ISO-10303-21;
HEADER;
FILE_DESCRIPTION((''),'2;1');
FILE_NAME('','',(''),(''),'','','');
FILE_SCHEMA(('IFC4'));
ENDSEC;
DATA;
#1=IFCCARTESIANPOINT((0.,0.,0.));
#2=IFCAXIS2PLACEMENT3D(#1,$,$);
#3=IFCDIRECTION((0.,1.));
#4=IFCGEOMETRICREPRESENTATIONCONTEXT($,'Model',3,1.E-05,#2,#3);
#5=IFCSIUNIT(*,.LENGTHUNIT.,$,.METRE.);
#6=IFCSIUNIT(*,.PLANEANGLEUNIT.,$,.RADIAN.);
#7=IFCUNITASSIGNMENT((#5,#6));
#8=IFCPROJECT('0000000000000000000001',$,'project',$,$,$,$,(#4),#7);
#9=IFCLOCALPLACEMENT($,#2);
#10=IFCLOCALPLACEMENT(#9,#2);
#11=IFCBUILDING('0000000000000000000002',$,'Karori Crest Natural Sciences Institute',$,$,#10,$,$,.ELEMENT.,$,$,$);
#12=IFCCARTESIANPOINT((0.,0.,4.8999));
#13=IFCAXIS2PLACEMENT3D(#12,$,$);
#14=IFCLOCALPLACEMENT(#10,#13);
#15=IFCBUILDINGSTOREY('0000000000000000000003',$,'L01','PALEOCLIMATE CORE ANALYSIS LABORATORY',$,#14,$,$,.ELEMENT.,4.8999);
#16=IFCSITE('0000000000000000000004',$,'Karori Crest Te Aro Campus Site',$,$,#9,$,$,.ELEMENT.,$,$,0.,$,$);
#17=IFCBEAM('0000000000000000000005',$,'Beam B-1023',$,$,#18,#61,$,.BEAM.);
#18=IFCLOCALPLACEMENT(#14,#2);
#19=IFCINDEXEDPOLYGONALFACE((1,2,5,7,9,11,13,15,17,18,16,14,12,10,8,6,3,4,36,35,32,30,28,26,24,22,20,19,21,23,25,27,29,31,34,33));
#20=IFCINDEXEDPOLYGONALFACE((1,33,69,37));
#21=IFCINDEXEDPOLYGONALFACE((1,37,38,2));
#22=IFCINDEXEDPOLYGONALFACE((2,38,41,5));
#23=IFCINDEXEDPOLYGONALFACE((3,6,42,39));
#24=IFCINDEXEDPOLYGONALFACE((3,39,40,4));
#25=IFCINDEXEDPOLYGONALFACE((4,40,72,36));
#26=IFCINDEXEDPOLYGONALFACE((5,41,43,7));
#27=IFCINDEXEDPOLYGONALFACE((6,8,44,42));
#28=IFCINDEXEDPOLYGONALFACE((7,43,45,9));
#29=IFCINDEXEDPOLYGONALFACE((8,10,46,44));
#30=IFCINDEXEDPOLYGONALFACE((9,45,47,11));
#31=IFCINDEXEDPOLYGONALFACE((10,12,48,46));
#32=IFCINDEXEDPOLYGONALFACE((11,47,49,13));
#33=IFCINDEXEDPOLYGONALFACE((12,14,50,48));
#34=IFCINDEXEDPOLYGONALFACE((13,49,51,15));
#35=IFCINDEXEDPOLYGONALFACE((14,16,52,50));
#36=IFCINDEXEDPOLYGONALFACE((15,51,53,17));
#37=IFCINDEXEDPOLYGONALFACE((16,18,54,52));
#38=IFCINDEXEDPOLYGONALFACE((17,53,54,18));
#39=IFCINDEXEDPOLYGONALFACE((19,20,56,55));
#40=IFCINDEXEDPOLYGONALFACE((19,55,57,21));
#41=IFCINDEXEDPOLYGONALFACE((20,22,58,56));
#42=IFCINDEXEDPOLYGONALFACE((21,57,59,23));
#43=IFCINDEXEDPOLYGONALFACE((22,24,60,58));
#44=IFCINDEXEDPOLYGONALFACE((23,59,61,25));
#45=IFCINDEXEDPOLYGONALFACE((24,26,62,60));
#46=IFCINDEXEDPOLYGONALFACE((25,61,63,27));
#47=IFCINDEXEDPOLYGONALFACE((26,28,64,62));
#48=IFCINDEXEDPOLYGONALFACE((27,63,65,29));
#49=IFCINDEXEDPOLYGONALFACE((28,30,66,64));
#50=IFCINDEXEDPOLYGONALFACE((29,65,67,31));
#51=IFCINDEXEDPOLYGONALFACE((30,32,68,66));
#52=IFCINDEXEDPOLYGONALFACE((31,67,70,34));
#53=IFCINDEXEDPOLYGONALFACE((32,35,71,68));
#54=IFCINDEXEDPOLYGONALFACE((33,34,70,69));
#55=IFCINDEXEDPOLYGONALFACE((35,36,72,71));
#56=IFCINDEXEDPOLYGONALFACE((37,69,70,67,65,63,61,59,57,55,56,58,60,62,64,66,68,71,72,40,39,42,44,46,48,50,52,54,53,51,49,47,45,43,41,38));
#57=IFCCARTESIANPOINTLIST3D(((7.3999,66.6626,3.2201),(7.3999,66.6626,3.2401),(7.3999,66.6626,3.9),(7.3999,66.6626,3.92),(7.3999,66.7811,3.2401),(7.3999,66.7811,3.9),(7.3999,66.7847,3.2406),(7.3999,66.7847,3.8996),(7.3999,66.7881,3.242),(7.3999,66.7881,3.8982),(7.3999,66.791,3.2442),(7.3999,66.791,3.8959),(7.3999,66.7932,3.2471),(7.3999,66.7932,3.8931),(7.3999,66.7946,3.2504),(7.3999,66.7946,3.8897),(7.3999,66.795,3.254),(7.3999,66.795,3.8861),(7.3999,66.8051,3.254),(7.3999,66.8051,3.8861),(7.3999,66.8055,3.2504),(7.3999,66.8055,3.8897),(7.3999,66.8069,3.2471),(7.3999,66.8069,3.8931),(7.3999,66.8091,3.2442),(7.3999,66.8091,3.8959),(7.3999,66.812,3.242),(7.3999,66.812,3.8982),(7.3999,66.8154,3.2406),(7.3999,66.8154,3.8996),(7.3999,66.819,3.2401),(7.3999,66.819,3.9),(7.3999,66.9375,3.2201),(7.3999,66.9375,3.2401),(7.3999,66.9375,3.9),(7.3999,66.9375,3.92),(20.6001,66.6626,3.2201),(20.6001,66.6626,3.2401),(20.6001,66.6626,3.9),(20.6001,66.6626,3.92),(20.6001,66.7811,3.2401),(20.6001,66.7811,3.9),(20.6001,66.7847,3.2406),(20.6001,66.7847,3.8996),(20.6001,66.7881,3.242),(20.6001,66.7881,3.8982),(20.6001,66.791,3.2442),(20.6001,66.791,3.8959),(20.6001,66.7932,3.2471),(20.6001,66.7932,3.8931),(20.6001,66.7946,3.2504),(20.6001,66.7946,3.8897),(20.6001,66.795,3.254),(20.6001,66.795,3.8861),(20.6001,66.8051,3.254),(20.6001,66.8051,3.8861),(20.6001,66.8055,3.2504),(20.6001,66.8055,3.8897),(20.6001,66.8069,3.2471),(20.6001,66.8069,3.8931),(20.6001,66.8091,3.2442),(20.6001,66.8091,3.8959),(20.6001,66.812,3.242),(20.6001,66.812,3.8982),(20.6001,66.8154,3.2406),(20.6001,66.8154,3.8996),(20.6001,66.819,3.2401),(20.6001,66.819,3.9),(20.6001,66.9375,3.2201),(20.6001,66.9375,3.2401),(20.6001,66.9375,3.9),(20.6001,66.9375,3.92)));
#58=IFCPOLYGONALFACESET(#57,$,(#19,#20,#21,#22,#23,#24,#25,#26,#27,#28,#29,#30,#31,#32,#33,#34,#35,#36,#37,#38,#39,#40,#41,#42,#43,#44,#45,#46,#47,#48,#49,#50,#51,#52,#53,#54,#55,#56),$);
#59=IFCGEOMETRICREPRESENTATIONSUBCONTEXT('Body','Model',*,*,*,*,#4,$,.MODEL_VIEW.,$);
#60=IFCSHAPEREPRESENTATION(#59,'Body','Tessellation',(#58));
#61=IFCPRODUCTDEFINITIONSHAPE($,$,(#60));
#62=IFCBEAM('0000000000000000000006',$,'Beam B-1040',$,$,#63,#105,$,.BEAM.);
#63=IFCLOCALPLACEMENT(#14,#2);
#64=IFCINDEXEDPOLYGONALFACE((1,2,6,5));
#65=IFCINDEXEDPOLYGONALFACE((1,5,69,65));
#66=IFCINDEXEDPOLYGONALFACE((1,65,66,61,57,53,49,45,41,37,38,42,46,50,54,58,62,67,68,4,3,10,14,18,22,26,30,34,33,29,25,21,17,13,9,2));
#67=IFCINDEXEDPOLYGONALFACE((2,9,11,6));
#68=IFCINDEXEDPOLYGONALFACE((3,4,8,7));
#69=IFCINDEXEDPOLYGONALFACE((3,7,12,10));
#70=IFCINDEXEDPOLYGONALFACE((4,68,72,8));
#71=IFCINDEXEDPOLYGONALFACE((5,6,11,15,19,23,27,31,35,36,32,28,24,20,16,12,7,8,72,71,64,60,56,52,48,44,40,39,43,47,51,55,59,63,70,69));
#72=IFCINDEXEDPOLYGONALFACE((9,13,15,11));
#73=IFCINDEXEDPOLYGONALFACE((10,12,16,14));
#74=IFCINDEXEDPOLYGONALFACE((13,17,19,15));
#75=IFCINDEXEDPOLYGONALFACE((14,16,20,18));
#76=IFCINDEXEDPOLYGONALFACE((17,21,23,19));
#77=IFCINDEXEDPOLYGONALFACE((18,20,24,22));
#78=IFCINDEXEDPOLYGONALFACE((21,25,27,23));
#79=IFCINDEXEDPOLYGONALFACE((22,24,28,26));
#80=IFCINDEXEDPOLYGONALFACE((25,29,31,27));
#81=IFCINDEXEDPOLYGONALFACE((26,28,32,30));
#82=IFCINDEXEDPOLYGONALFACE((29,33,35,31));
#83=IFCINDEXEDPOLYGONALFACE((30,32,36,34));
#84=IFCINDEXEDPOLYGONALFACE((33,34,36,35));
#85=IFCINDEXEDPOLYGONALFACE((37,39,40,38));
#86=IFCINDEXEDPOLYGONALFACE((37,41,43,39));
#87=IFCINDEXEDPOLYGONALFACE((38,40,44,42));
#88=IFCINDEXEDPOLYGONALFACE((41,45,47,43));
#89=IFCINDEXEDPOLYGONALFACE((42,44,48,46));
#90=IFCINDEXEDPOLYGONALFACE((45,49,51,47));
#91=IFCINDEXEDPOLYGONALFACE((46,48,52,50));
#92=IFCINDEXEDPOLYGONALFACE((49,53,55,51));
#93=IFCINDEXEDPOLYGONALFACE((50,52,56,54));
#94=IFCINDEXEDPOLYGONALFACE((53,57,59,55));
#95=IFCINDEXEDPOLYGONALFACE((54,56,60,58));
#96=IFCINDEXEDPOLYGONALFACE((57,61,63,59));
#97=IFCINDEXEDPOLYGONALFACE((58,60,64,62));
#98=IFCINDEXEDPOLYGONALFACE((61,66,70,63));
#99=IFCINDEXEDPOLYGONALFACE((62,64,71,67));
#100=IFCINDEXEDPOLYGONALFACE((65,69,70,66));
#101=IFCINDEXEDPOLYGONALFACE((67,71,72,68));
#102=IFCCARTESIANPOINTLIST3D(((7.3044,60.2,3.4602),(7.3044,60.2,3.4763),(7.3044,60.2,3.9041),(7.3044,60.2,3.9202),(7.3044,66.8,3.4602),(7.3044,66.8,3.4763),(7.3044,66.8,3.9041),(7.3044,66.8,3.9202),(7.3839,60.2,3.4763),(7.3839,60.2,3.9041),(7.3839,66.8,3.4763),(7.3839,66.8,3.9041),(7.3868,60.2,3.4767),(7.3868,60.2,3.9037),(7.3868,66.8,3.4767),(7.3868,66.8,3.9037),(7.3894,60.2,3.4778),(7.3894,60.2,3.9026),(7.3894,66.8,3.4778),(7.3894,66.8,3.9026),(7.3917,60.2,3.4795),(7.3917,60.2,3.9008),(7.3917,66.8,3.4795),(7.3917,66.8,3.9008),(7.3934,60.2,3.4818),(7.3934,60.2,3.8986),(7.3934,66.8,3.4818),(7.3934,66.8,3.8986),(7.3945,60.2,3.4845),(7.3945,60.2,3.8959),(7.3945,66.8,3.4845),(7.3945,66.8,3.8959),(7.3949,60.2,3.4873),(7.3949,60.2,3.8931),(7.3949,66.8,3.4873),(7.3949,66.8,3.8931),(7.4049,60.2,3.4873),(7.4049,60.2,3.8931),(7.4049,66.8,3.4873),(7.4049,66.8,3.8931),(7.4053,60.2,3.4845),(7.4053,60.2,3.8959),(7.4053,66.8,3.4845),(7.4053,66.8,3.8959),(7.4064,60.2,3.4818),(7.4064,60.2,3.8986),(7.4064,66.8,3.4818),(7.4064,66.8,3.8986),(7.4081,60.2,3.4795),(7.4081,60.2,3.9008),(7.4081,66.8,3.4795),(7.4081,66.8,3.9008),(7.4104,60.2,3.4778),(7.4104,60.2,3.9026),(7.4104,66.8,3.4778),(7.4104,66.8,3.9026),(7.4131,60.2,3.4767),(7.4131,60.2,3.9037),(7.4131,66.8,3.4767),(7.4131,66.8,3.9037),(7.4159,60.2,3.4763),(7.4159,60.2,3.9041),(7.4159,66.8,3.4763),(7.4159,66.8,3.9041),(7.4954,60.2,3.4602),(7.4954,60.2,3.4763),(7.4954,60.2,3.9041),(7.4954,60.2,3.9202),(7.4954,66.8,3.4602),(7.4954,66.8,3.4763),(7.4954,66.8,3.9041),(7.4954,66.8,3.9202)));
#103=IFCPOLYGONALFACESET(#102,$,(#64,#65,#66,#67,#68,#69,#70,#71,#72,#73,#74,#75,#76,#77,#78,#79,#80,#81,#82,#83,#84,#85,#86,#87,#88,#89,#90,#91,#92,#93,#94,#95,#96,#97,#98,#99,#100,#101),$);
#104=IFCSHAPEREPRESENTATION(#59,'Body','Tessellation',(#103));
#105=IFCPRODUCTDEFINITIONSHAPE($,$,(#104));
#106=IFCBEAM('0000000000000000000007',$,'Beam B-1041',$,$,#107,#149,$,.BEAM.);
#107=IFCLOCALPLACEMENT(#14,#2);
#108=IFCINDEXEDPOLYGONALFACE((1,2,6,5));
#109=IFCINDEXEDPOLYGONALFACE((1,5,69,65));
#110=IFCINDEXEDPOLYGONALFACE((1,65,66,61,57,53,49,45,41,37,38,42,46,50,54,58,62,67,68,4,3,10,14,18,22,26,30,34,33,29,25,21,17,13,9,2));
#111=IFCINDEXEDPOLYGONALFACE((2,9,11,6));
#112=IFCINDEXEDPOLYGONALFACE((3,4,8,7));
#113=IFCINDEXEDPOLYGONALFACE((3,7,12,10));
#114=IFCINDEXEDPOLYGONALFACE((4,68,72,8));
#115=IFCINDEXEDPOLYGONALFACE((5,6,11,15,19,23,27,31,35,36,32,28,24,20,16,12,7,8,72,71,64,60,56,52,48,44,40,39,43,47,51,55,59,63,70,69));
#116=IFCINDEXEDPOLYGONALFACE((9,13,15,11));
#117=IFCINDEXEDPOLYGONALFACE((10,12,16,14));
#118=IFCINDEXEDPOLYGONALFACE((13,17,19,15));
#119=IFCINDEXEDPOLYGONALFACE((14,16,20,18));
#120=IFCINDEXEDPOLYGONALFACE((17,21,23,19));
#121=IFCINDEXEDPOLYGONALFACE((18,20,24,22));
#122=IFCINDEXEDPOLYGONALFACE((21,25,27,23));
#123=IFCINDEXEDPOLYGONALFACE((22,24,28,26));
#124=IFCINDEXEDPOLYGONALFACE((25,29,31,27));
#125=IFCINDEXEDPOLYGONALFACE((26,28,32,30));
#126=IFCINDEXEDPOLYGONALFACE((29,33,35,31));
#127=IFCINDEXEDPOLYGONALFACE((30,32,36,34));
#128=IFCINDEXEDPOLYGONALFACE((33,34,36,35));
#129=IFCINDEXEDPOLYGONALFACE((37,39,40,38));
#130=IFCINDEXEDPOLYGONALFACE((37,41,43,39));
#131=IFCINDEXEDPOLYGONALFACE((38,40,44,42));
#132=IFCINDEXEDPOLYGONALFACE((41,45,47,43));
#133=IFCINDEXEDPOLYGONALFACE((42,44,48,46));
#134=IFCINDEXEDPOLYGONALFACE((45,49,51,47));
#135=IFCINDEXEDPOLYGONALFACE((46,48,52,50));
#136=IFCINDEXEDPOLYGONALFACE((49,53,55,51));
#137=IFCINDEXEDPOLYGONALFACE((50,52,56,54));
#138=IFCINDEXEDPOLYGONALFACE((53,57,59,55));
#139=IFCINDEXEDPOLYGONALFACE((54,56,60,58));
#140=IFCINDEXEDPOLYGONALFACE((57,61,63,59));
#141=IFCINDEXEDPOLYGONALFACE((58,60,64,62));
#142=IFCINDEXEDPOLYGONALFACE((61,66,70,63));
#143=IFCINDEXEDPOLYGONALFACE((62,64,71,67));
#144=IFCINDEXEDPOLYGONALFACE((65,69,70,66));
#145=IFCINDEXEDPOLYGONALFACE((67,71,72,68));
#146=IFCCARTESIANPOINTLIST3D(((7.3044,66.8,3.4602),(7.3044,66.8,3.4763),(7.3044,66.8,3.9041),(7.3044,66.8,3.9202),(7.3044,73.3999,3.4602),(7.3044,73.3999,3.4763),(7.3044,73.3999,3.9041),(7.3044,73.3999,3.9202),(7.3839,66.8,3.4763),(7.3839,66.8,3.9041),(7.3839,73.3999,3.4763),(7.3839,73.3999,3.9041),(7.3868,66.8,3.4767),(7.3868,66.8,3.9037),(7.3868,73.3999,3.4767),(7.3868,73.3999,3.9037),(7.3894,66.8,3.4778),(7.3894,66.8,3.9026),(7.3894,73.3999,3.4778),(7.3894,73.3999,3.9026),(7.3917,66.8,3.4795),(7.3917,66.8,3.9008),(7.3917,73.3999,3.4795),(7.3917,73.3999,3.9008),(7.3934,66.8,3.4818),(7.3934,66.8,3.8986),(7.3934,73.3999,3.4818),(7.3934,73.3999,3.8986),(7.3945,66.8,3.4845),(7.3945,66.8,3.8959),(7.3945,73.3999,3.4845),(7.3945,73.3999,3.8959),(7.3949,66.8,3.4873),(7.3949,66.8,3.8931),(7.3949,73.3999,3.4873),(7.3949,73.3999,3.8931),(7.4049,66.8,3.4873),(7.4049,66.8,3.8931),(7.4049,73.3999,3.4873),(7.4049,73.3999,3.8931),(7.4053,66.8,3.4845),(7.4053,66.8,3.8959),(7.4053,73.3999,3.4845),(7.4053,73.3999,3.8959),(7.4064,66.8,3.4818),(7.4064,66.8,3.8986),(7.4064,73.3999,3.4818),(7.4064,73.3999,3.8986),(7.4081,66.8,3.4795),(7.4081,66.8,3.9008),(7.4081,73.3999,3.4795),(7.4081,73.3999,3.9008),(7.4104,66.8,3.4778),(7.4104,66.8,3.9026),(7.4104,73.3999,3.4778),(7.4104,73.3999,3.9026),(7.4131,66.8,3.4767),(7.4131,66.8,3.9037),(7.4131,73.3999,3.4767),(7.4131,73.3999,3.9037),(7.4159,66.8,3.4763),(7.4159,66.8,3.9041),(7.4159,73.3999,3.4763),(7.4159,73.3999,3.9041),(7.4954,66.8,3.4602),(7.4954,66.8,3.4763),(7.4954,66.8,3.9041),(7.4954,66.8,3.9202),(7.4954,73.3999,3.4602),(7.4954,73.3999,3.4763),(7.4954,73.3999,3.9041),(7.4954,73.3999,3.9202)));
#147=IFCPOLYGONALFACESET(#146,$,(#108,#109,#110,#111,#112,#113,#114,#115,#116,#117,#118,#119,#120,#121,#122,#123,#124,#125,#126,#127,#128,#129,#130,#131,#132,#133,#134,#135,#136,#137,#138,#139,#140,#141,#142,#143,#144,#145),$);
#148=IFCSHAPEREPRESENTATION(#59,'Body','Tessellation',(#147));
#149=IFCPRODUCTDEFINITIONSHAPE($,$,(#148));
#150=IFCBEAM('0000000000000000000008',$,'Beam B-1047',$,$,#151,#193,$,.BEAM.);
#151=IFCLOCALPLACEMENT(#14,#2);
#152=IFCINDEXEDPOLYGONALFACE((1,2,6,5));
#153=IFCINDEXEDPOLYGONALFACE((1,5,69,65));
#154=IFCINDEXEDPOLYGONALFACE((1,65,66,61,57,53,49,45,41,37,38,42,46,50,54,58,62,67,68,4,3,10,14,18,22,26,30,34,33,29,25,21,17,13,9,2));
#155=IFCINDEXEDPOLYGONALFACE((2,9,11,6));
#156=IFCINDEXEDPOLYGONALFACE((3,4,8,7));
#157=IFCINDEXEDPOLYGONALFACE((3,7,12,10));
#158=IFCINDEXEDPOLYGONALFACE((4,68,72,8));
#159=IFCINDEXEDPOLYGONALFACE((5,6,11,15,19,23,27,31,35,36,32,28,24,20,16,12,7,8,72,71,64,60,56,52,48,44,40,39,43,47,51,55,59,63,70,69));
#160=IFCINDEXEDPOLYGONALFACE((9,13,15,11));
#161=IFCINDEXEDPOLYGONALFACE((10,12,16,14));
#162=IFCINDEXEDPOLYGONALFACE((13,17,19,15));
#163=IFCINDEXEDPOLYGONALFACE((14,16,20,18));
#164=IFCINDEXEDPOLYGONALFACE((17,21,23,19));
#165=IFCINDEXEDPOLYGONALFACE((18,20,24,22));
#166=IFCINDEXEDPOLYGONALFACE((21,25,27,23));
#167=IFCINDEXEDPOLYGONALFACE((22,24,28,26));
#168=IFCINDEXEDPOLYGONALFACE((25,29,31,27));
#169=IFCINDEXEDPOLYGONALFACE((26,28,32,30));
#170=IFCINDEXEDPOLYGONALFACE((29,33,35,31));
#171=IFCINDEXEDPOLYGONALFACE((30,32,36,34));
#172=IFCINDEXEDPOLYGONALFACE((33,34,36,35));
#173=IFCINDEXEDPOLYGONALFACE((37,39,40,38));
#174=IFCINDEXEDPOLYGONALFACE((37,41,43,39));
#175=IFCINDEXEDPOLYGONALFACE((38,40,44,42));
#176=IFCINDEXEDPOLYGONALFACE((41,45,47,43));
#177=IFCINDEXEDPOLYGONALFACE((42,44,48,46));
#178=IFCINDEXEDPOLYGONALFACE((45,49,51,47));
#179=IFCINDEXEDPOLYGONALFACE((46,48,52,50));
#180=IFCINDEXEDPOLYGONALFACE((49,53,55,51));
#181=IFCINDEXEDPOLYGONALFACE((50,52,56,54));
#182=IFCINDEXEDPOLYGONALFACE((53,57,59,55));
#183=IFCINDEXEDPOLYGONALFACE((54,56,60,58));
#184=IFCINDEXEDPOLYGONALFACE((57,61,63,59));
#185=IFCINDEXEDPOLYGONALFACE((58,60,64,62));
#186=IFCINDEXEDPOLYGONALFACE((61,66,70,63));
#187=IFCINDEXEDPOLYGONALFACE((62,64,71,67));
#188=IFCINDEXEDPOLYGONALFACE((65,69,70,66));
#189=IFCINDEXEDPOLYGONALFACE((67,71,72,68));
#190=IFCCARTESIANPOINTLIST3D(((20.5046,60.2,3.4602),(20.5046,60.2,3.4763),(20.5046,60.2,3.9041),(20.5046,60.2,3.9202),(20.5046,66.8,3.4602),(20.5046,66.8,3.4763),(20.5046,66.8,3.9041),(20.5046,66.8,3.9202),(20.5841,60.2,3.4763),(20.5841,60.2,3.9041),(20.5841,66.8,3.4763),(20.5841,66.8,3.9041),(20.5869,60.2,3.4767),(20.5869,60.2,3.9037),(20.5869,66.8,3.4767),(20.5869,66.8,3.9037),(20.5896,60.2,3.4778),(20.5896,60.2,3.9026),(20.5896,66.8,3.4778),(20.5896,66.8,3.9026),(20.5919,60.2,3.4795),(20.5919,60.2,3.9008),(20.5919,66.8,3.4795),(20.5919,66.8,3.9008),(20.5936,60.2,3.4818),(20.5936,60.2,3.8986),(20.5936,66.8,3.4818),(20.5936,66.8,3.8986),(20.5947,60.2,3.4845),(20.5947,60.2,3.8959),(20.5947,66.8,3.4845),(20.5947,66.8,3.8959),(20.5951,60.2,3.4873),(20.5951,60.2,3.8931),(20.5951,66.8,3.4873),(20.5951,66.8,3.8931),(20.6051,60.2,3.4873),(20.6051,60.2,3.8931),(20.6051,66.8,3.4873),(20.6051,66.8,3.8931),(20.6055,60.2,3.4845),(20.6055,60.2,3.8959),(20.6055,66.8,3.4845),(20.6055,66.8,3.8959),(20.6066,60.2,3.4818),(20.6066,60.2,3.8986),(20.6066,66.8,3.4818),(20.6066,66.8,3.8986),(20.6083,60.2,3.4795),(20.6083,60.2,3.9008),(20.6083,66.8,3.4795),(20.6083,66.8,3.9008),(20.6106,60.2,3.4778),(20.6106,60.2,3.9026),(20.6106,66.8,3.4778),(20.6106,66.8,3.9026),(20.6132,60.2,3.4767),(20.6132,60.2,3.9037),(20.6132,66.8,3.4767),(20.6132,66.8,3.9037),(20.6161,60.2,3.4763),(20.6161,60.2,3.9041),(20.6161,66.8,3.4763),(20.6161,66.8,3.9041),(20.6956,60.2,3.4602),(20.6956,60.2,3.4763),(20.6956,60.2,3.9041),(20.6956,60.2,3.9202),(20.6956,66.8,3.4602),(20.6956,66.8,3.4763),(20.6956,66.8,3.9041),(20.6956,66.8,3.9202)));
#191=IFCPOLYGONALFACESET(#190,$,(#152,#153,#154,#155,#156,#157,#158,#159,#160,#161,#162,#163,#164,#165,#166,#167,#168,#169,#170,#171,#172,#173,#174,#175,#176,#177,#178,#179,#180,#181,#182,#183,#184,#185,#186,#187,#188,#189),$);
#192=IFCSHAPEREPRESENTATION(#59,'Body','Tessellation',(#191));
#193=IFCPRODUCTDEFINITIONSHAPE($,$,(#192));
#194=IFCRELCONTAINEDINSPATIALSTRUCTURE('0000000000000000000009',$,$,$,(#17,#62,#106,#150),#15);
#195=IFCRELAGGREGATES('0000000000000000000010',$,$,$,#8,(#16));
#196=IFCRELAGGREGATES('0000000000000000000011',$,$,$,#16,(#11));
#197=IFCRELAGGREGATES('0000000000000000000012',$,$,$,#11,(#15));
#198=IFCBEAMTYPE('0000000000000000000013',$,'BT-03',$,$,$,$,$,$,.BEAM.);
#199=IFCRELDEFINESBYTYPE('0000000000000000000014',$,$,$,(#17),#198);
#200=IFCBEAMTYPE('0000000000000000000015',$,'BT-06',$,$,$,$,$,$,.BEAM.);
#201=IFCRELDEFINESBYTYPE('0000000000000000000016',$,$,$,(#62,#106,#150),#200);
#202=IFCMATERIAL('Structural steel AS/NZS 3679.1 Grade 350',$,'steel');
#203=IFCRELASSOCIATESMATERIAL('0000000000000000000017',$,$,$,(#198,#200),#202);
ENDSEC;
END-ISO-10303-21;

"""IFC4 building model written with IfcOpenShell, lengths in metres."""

from ifc_helpers import new_model, si_unit, direction, frame, origin, origin_2d, place, context, subcontext, project, spatial, i_section, extrude, material, material_profile, profile_set, type_object, element, save


model = new_model("IFC4")

# Units and contexts
model_context = context("Model", 3, precision=1e-05, world=origin(), true_north=direction((0.0, 1.0)))
body_context = subcontext(model_context, "Body", "Model", "MODEL_VIEW")
ifc_project = project(units=[si_unit("LENGTHUNIT", "METRE"), si_unit("PLANEANGLEUNIT", "RADIAN")], contexts=[model_context])

# Site, building, storey
site_placement = place(None, origin())
site = spatial("IfcSite", under=ifc_project, at=site_placement, Name="Karori Crest Te Aro Campus Site", CompositionType="ELEMENT", RefElevation=0.0)
building_placement = place(site_placement, origin())
building = spatial("IfcBuilding", under=site, at=building_placement, Name="Karori Crest Natural Sciences Institute", CompositionType="ELEMENT")
storey_placement = place(building_placement, frame((0.0, 0.0, 4.8999)))
storey = spatial("IfcBuildingStorey", under=building, at=storey_placement, Name="L01", Description="PALEOCLIMATE CORE ANALYSIS LABORATORY", CompositionType="ELEMENT", Elevation=4.8999)

# Shared definitions
ifc_material_1 = material(Name="Structural steel AS/NZS 3679.1 Grade 350", Category="steel")

# Beams
ifc_material_profile_1 = material_profile(ifc_material_1, i_section(OverallWidth=0.2749, OverallDepth=0.7, WebThickness=0.01, FlangeThickness=0.02, FilletRadius=0.0139, at=origin_2d()), Name="700WB150")
ifc_profile_set_1 = profile_set([ifc_material_profile_1], Name="Structural steel AS/NZS 3679.1 Grade 350")
beam_type_1 = type_object("IfcBeamType", Name="BT-03", PredefinedType="BEAM", material=ifc_profile_set_1)
for number, where, z_axis, x_axis, name in (
    (1, (7.3999, 66.8, 3.5701), (1.0, 0.0, 0.0), (0.0, 1.0, 0.0), "Beam B-1023"),
):
    element("IfcBeam", number, at=place(storey_placement, frame(where, z_axis=z_axis, x_axis=x_axis)), inside=storey, type_object=beam_type_1, Name=name, PredefinedType="BEAM", context=body_context, shape_type="SweptSolid", body=[
        extrude(i_section(OverallWidth=0.2749, OverallDepth=0.7, WebThickness=0.01, FlangeThickness=0.02, FilletRadius=0.0139, at=origin_2d()), origin(), (0.0, 0.0, 1.0), 13.2002),
    ])
ifc_material_profile_2 = material_profile(ifc_material_1, i_section(OverallWidth=0.1909, OverallDepth=0.46, WebThickness=0.01, FlangeThickness=0.0161, FilletRadius=0.011, at=origin_2d()), Name="460UB82.1")
ifc_profile_set_2 = profile_set([ifc_material_profile_2], Name="Structural steel AS/NZS 3679.1 Grade 350")
beam_type_2 = type_object("IfcBeamType", Name="BT-06", PredefinedType="BEAM", material=ifc_profile_set_2)
beam_1_placement = place(storey_placement, frame((7.3999, 60.2, 3.6902), z_axis=(0.0, 1.0, 0.0), x_axis=(-1.0, 0.0, 0.0)))
element("IfcBeam", 2, at=beam_1_placement, inside=storey, type_object=beam_type_2, Name="Beam B-1040", PredefinedType="BEAM", context=body_context, shape_type="SweptSolid", body=[
    extrude(i_section(OverallWidth=0.1909, OverallDepth=0.46, WebThickness=0.01, FlangeThickness=0.0161, FilletRadius=0.011, at=origin_2d()), origin(), (0.0, 0.0, 1.0), 6.6001),
])
beam_2_placement = place(storey_placement, frame((7.3999, 66.8, 3.6902), z_axis=(0.0, 1.0, 0.0), x_axis=(-1.0, 0.0, 0.0)))
element("IfcBeam", 3, at=beam_2_placement, inside=storey, type_object=beam_type_2, Name="Beam B-1041", PredefinedType="BEAM", context=body_context, shape_type="SweptSolid", body=[
    extrude(i_section(OverallWidth=0.1909, OverallDepth=0.46, WebThickness=0.01, FlangeThickness=0.0161, FilletRadius=0.011, at=origin_2d()), origin(), (0.0, 0.0, 1.0), 6.5999),
])
beam_3_placement = place(storey_placement, frame((20.6001, 60.2, 3.6902), z_axis=(0.0, 1.0, 0.0), x_axis=(-1.0, 0.0, 0.0)))
element("IfcBeam", 4, at=beam_3_placement, inside=storey, type_object=beam_type_2, Name="Beam B-1047", PredefinedType="BEAM", context=body_context, shape_type="SweptSolid", body=[
    extrude(i_section(OverallWidth=0.1909, OverallDepth=0.46, WebThickness=0.01, FlangeThickness=0.0161, FilletRadius=0.011, at=origin_2d()), origin(), (0.0, 0.0, 1.0), 6.6001),
])

save(model, "model.ifc")
